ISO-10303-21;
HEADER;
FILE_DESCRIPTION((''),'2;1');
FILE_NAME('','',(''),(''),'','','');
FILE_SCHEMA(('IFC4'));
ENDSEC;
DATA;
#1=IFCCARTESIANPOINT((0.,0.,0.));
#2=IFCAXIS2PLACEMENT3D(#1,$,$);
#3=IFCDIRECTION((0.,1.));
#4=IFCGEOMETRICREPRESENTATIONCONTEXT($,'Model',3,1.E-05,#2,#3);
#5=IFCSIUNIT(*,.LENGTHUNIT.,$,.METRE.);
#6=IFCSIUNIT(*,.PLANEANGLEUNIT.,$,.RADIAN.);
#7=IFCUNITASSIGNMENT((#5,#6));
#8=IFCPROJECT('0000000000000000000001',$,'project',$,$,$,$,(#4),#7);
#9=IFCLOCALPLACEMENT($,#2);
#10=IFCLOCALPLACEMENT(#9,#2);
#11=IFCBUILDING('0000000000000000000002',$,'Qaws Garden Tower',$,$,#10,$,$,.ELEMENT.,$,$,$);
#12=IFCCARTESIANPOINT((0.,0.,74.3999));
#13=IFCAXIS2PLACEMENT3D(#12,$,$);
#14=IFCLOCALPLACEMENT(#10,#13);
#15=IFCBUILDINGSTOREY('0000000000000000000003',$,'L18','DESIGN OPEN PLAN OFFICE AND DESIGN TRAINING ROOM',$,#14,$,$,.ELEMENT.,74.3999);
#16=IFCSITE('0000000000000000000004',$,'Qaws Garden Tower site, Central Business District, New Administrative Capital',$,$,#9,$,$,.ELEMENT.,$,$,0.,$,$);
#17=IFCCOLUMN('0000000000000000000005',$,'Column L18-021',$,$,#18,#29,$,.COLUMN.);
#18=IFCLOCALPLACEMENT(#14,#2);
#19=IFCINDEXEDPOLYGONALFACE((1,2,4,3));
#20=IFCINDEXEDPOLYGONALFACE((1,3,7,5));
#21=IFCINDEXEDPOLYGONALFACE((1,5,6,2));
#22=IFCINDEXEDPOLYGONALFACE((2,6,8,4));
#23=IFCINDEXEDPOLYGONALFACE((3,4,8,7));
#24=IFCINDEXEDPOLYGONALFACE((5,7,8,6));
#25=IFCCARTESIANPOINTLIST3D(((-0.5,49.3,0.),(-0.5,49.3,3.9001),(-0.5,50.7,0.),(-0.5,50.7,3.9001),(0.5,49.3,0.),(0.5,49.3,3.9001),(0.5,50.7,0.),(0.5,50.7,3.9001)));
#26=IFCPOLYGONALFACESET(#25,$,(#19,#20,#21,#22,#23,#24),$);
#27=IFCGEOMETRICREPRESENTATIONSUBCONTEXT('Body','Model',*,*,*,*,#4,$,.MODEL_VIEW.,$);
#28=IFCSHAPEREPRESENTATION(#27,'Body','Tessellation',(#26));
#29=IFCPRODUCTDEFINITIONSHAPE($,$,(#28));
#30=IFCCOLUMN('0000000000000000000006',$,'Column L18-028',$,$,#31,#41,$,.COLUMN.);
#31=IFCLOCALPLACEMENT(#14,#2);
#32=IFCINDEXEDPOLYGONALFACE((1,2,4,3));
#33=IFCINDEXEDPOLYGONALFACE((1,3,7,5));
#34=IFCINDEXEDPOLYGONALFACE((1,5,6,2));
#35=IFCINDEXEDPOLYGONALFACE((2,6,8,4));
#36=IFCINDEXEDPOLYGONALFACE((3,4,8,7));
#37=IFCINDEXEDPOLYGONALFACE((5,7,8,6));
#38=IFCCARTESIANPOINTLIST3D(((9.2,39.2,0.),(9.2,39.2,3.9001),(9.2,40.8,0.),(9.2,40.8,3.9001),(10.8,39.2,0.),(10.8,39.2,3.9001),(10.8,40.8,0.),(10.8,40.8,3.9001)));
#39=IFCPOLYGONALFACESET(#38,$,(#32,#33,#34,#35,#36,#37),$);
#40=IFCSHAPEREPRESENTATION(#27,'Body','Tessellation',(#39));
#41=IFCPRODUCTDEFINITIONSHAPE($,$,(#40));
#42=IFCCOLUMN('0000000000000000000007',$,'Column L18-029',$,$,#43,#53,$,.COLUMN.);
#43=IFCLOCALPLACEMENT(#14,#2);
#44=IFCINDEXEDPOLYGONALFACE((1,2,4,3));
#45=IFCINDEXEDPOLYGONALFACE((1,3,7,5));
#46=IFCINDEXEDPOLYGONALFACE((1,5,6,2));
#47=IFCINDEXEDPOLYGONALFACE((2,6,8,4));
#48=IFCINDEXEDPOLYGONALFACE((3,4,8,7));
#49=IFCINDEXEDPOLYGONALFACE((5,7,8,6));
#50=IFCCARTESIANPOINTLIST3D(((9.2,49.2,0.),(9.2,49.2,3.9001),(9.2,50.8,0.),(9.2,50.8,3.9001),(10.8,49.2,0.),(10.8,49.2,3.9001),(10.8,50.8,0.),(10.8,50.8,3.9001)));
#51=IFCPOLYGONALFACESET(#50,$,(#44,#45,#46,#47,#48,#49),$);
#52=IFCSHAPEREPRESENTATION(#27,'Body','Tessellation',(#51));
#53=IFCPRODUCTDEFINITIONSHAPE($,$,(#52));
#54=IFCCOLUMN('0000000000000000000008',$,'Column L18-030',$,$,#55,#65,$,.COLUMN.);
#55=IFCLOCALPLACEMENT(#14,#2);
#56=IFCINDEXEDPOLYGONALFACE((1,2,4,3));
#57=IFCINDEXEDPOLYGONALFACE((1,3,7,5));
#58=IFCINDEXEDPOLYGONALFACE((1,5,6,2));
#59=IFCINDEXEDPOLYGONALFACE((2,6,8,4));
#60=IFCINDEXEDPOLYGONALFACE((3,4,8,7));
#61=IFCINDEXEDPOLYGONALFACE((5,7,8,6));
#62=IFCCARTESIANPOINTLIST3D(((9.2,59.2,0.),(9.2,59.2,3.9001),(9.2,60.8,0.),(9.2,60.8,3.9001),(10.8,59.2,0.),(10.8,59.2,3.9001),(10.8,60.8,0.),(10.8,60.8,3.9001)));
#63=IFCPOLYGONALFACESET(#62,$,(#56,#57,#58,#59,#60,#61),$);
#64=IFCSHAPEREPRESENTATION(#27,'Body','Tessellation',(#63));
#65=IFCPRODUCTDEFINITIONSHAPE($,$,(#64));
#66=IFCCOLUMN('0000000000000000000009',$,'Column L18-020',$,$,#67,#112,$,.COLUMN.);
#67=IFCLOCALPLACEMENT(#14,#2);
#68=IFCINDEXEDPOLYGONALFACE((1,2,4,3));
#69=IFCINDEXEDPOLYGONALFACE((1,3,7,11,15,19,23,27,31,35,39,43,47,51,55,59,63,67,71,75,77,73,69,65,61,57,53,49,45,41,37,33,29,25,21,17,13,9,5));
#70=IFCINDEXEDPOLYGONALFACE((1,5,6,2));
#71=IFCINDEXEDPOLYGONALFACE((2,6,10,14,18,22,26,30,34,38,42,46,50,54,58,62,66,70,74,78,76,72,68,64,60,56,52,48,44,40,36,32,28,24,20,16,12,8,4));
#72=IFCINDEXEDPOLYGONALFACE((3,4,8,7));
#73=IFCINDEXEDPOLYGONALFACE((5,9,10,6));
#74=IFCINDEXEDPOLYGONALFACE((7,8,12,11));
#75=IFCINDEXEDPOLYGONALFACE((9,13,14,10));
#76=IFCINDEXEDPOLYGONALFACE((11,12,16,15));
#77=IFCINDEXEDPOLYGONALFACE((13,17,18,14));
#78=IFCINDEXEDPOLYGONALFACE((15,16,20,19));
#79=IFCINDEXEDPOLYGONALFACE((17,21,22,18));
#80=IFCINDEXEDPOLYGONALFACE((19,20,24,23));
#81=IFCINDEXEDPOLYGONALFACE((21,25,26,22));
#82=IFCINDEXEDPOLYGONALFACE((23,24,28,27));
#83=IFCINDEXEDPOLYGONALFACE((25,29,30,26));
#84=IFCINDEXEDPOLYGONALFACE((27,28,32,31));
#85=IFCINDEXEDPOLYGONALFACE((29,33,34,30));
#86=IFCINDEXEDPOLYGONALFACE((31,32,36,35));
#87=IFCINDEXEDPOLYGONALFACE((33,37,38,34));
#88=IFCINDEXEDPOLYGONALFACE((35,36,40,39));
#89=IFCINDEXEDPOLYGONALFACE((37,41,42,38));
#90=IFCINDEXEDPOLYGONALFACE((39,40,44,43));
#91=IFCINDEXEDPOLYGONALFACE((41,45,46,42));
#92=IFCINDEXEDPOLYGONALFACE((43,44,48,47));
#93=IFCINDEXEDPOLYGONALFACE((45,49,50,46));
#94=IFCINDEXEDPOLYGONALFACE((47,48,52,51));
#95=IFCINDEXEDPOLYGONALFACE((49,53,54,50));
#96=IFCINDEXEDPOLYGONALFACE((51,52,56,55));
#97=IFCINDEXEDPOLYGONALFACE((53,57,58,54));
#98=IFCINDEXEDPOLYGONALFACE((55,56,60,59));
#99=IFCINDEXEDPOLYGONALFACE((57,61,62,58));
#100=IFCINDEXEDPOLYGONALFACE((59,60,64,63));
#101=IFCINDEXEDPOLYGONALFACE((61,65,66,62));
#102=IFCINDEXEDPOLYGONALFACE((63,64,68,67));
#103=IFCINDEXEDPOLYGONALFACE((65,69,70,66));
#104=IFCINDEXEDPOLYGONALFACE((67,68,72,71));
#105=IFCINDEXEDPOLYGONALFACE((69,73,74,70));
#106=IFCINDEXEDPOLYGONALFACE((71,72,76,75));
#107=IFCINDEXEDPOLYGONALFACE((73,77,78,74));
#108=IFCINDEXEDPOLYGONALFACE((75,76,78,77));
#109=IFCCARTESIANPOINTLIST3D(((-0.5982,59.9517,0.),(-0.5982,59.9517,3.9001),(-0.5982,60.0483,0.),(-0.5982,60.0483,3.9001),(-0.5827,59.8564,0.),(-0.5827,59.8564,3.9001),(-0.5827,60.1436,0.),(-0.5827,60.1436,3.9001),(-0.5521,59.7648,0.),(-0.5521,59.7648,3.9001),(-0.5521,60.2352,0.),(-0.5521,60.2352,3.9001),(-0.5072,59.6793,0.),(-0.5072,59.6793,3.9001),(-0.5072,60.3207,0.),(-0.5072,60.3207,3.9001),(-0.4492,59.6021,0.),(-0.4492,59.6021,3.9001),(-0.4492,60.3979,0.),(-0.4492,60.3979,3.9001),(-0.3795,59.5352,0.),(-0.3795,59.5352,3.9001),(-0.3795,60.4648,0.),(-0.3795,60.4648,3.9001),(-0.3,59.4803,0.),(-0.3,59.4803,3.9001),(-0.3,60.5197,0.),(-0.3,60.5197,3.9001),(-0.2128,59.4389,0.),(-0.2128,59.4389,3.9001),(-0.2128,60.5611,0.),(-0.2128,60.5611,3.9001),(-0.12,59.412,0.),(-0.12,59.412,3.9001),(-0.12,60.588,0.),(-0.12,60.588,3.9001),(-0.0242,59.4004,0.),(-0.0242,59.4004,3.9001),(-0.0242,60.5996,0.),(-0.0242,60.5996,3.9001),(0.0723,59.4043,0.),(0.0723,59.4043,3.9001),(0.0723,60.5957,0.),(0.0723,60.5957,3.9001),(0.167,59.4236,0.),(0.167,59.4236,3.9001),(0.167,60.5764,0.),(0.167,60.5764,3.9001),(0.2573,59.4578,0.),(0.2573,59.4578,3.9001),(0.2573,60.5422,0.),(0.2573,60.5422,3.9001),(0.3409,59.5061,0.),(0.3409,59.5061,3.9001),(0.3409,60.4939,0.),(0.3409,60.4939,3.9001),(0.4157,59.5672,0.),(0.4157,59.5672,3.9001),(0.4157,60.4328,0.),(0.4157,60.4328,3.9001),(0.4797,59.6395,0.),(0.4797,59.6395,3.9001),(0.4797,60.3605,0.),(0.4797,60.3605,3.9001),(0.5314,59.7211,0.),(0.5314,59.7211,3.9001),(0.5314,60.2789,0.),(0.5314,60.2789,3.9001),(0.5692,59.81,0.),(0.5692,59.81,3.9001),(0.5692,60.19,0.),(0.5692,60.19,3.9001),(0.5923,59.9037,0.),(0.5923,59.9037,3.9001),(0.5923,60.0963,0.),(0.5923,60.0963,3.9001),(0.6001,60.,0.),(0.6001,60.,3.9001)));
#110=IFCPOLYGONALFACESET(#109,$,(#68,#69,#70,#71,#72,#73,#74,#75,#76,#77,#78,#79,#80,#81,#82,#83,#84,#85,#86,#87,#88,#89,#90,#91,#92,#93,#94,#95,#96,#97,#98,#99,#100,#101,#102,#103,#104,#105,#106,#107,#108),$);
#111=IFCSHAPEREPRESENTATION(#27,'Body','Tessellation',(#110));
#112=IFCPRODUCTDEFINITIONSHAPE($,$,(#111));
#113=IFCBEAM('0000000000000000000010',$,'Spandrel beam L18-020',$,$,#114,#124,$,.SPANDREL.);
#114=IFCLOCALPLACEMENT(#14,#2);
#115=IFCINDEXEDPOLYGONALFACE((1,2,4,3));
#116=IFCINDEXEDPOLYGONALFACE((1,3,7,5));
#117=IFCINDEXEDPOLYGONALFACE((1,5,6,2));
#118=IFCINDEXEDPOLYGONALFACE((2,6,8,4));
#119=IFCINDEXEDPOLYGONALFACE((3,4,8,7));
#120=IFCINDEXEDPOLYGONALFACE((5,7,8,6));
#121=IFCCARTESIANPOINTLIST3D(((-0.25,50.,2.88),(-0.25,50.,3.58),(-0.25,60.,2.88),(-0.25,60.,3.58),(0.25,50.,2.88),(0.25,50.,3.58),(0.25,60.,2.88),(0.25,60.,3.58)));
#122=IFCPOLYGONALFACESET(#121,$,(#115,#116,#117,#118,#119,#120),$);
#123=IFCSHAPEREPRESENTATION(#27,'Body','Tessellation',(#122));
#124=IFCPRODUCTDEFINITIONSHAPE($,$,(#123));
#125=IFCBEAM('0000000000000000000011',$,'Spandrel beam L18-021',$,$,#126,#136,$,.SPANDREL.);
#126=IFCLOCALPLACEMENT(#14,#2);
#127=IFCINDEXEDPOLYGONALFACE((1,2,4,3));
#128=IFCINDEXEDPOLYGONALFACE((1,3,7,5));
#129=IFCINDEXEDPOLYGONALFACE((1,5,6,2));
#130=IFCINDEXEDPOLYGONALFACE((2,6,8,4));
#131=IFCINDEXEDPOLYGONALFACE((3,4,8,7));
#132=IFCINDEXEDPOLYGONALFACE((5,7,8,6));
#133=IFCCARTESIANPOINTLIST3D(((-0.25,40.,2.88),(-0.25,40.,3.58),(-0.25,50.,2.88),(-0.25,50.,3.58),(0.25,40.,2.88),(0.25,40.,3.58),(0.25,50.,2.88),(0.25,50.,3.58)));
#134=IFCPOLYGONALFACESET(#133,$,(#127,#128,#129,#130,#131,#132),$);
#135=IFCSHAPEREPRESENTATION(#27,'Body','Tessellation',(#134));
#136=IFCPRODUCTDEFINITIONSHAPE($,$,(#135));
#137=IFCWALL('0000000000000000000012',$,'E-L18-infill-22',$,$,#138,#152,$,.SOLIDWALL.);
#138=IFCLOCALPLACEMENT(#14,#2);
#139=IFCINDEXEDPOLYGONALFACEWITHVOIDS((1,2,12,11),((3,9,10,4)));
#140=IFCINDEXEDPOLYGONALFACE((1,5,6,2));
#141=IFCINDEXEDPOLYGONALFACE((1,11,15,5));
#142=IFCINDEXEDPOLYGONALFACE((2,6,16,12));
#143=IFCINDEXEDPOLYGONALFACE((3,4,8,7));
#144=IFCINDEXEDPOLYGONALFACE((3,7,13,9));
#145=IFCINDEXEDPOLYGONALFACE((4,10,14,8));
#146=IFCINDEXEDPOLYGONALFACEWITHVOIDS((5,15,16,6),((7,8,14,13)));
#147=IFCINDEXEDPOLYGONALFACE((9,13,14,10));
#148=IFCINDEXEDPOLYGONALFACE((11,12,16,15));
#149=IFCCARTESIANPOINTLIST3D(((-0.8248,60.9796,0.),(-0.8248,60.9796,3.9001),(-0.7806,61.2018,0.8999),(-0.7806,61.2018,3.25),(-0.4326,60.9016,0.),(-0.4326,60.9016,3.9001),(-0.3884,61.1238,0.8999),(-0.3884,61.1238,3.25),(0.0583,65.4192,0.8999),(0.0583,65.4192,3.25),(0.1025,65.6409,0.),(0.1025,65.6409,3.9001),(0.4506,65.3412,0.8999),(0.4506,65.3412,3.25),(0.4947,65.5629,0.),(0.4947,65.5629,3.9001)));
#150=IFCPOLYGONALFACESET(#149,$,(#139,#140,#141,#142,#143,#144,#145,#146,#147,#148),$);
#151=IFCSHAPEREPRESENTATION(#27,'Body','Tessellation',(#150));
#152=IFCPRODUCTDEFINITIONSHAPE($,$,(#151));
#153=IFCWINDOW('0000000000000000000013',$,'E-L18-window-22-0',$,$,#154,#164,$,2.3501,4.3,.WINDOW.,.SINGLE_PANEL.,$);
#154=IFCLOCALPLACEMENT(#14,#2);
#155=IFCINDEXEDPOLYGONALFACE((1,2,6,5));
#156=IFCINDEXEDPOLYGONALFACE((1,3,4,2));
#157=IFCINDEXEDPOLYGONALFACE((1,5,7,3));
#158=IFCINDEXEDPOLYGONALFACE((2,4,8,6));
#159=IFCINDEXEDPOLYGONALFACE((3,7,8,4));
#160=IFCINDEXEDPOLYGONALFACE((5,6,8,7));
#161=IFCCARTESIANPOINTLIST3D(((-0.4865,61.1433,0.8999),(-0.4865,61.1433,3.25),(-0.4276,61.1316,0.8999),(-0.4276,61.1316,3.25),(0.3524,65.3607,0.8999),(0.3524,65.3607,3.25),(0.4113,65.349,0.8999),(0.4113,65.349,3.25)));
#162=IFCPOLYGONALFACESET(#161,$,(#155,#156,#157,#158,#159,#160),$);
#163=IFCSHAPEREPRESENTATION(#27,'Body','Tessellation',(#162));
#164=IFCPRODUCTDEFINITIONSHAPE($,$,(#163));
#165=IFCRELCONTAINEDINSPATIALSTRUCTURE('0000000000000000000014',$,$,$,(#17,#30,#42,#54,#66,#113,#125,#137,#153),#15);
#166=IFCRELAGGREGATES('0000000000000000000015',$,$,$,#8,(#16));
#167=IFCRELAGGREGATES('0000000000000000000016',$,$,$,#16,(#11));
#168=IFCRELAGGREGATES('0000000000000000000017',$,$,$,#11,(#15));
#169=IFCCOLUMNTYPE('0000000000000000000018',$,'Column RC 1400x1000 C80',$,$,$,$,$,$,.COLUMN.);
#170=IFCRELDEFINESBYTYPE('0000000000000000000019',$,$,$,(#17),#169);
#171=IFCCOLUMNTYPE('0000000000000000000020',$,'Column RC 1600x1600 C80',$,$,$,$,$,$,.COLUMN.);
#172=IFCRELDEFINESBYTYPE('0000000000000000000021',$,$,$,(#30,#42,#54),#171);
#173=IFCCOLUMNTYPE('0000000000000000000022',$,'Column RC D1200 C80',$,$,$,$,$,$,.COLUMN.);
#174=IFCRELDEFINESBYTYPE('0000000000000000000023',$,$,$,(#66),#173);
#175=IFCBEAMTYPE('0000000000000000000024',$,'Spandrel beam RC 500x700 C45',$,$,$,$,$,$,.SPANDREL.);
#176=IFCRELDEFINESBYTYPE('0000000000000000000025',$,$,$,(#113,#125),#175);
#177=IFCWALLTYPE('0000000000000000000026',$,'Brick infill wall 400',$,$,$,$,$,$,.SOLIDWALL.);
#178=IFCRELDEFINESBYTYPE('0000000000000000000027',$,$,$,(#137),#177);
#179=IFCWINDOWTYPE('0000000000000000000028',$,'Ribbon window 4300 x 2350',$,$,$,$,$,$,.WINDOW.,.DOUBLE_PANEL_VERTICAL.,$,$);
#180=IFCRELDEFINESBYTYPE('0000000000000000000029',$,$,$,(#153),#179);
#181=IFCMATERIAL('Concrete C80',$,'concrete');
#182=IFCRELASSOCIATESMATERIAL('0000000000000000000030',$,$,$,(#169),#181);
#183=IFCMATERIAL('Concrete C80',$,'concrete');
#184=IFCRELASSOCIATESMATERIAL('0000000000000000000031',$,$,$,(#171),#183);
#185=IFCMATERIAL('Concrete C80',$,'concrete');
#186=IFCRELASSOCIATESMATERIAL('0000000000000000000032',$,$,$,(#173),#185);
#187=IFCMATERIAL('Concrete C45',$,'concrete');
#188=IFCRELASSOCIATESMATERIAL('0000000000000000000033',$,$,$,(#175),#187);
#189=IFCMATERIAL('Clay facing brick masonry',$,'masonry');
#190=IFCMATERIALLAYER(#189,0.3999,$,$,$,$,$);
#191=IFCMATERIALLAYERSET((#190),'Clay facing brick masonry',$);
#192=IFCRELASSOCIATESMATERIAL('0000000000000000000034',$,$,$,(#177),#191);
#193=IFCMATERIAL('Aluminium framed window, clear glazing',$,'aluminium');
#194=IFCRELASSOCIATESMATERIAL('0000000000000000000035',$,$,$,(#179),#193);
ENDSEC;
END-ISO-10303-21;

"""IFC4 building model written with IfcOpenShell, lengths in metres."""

from ifc_helpers import new_model, si_unit, direction, frame, frame_2d, origin, origin_2d, place, context, subcontext, project, spatial, rectangle, circle, extrude, material, layer, layer_set, material_profile, profile_set, type_object, element, fill, save


model = new_model("IFC4")

# Units and contexts
model_context = context("Model", 3, precision=1e-05, world=origin(), true_north=direction((0.0, 1.0)))
body_context = subcontext(model_context, "Body", "Model", "MODEL_VIEW")
ifc_project = project(units=[si_unit("LENGTHUNIT", "METRE"), si_unit("PLANEANGLEUNIT", "RADIAN")], contexts=[model_context])

# Site, building, storey
site_placement = place(None, origin())
site = spatial("IfcSite", under=ifc_project, at=site_placement, Name="Qaws Garden Tower site, Central Business District, New Administrative Capital", CompositionType="ELEMENT", RefElevation=0.0)
building_placement = place(site_placement, origin())
building = spatial("IfcBuilding", under=site, at=building_placement, Name="Qaws Garden Tower", CompositionType="ELEMENT")
storey_placement = place(building_placement, frame((0.0, 0.0, 74.3999)))
storey = spatial("IfcBuildingStorey", under=building, at=storey_placement, Name="L18", Description="DESIGN OPEN PLAN OFFICE AND DESIGN TRAINING ROOM", CompositionType="ELEMENT", Elevation=74.3999)

# Columns
ifc_material_1 = material(Name="Concrete C80", Category="concrete")
ifc_material_profile_1 = material_profile(ifc_material_1, rectangle(XDim=1.3999, YDim=1.0, at=origin_2d()), Name="RC 1400x1000")
ifc_profile_set_1 = profile_set([ifc_material_profile_1], Name="Concrete C80")
column_type_1 = type_object("IfcColumnType", Name="Column RC 1400x1000 C80", PredefinedType="COLUMN", material=ifc_profile_set_1)
column_1_placement = place(storey_placement, frame((0.0, 50.0, 0.0), z_axis=(0.0, 0.0, 1.0), x_axis=(0.0, 1.0, 0.0)))
element("IfcColumn", 1, at=column_1_placement, inside=storey, type_object=column_type_1, Name="Column L18-021", PredefinedType="COLUMN", context=body_context, shape_type="SweptSolid", body=[
    extrude(rectangle(XDim=1.3999, YDim=1.0, at=origin_2d()), origin(), (0.0, 0.0, 1.0), 3.9001),
])
ifc_material_2 = material(Name="Concrete C80", Category="concrete")
ifc_material_profile_2 = material_profile(ifc_material_2, rectangle(XDim=1.6001, YDim=1.6001, at=origin_2d()), Name="RC 1600x1600")
ifc_profile_set_2 = profile_set([ifc_material_profile_2], Name="Concrete C80")
column_type_2 = type_object("IfcColumnType", Name="Column RC 1600x1600 C80", PredefinedType="COLUMN", material=ifc_profile_set_2)
for number, where, z_axis, x_axis, name in (
    (2, (10.0, 40.0, 0.0), (0.0, 0.0, 1.0), (1.0, 0.0, 0.0), "Column L18-028"),
    (3, (10.0, 50.0, 0.0), (0.0, 0.0, 1.0), (1.0, 0.0, 0.0), "Column L18-029"),
    (4, (10.0, 60.0, 0.0), (0.0, 0.0, 1.0), (1.0, 0.0, 0.0), "Column L18-030"),
):
    element("IfcColumn", number, at=place(storey_placement, frame(where, z_axis=z_axis, x_axis=x_axis)), inside=storey, type_object=column_type_2, Name=name, PredefinedType="COLUMN", context=body_context, shape_type="SweptSolid", body=[
        extrude(rectangle(XDim=1.6001, YDim=1.6001, at=origin_2d()), origin(), (0.0, 0.0, 1.0), 3.9001),
    ])
ifc_material_3 = material(Name="Concrete C80", Category="concrete")
ifc_material_profile_3 = material_profile(ifc_material_3, circle(Radius=0.6001, at=origin_2d()), Name="RC D1200")
ifc_profile_set_3 = profile_set([ifc_material_profile_3], Name="Concrete C80")
column_type_3 = type_object("IfcColumnType", Name="Column RC D1200 C80", PredefinedType="COLUMN", material=ifc_profile_set_3)
column_2_placement = place(storey_placement, frame((0.0, 60.0, 0.0), z_axis=(0.0, 0.0, 1.0), x_axis=(1.0, 0.0, 0.0)))
element("IfcColumn", 5, at=column_2_placement, inside=storey, type_object=column_type_3, Name="Column L18-020", PredefinedType="COLUMN", context=body_context, shape_type="SweptSolid", body=[
    extrude(circle(Radius=0.6001, at=origin_2d()), origin(), (0.0, 0.0, 1.0), 3.9001),
])

# Beams
ifc_material_4 = material(Name="Concrete C45", Category="concrete")
ifc_material_profile_4 = material_profile(ifc_material_4, rectangle(XDim=0.5, YDim=0.7, at=origin_2d()), Name="RC 500x700")
ifc_profile_set_4 = profile_set([ifc_material_profile_4], Name="Concrete C45")
beam_type = type_object("IfcBeamType", Name="Spandrel beam RC 500x700 C45", PredefinedType="SPANDREL", material=ifc_profile_set_4)
for number, where, z_axis, x_axis, name in (
    (6, (0.0, 60.0, 3.23), (0.0, -1.0, 0.0), (1.0, 0.0, 0.0), "Spandrel beam L18-020"),
    (7, (0.0, 50.0, 3.23), (0.0, -1.0, 0.0), (1.0, 0.0, 0.0), "Spandrel beam L18-021"),
):
    element("IfcBeam", number, at=place(storey_placement, frame(where, z_axis=z_axis, x_axis=x_axis)), inside=storey, type_object=beam_type, Name=name, PredefinedType="SPANDREL", context=body_context, shape_type="SweptSolid", body=[
        extrude(rectangle(XDim=0.5, YDim=0.7, at=origin_2d()), origin(), (0.0, 0.0, 1.0), 10.0),
    ])

# Wall, opening, window
ifc_material_5 = material(Name="Clay facing brick masonry", Category="masonry")
ifc_layer_1 = layer(ifc_material_5, 0.3999)
ifc_layer_set_1 = layer_set([ifc_layer_1], Name="Clay facing brick masonry")
wall_type_1 = type_object("IfcWallType", Name="Brick infill wall 400", PredefinedType="SOLIDWALL", material=ifc_layer_set_1)
wall_1_placement = place(storey_placement, frame((0.2986, 65.6021, 0.0), z_axis=(0.0, 0.0, 1.0), x_axis=(-0.195099, -0.980784, 0.0)))
wall_1 = element("IfcWall", 8, at=wall_1_placement, inside=storey, type_object=wall_type_1, Name="E-L18-infill-22", PredefinedType="SOLIDWALL", context=body_context, shape_type="SweptSolid", body=[
    extrude(rectangle(XDim=4.7527, YDim=0.3999, at=frame_2d((2.3765, 0.0))), origin(), (0.0, 0.0, 1.0), 3.9001),
])
opening_1_placement = place(wall_1_placement, frame((0.2263, 0.0, 0.8999)))
opening_1 = element("IfcOpeningElement", 9, at=opening_1_placement, cuts=wall_1, PredefinedType="OPENING", context=body_context, shape_type="SweptSolid", body=[
    extrude(rectangle(XDim=4.3, YDim=2.3501, at=frame_2d((2.1499, 1.175))), frame((0.0, 0.21, 0.0), z_axis=(0.0, -1.0, 0.0), x_axis=(1.0, 0.0, 0.0)), (0.0, 0.0, 1.0), 0.4199),
])
ifc_material_6 = material(Name="Aluminium framed window, clear glazing", Category="aluminium")
window_type_1 = type_object("IfcWindowType", Name="Ribbon window 4300 x 2350", PartitioningType="DOUBLE_PANEL_VERTICAL", PredefinedType="WINDOW", material=ifc_material_6)
window_1_placement = place(opening_1_placement, origin())
window_1 = element("IfcWindow", 10, at=window_1_placement, inside=storey, type_object=window_type_1, Name="E-L18-window-22-0", OverallHeight=2.3501, OverallWidth=4.3, PartitioningType="SINGLE_PANEL", PredefinedType="WINDOW", context=body_context, shape_type="SweptSolid", body=[
    extrude(rectangle(XDim=4.3, YDim=2.3501, at=frame_2d((2.1499, 1.175))), frame((0.0, 0.1599, 0.0), z_axis=(0.0, -1.0, 0.0), x_axis=(1.0, 0.0, 0.0)), (0.0, 0.0, 1.0), 0.0601),
])
fill(opening_1, window_1)

save(model, "model.ifc")
